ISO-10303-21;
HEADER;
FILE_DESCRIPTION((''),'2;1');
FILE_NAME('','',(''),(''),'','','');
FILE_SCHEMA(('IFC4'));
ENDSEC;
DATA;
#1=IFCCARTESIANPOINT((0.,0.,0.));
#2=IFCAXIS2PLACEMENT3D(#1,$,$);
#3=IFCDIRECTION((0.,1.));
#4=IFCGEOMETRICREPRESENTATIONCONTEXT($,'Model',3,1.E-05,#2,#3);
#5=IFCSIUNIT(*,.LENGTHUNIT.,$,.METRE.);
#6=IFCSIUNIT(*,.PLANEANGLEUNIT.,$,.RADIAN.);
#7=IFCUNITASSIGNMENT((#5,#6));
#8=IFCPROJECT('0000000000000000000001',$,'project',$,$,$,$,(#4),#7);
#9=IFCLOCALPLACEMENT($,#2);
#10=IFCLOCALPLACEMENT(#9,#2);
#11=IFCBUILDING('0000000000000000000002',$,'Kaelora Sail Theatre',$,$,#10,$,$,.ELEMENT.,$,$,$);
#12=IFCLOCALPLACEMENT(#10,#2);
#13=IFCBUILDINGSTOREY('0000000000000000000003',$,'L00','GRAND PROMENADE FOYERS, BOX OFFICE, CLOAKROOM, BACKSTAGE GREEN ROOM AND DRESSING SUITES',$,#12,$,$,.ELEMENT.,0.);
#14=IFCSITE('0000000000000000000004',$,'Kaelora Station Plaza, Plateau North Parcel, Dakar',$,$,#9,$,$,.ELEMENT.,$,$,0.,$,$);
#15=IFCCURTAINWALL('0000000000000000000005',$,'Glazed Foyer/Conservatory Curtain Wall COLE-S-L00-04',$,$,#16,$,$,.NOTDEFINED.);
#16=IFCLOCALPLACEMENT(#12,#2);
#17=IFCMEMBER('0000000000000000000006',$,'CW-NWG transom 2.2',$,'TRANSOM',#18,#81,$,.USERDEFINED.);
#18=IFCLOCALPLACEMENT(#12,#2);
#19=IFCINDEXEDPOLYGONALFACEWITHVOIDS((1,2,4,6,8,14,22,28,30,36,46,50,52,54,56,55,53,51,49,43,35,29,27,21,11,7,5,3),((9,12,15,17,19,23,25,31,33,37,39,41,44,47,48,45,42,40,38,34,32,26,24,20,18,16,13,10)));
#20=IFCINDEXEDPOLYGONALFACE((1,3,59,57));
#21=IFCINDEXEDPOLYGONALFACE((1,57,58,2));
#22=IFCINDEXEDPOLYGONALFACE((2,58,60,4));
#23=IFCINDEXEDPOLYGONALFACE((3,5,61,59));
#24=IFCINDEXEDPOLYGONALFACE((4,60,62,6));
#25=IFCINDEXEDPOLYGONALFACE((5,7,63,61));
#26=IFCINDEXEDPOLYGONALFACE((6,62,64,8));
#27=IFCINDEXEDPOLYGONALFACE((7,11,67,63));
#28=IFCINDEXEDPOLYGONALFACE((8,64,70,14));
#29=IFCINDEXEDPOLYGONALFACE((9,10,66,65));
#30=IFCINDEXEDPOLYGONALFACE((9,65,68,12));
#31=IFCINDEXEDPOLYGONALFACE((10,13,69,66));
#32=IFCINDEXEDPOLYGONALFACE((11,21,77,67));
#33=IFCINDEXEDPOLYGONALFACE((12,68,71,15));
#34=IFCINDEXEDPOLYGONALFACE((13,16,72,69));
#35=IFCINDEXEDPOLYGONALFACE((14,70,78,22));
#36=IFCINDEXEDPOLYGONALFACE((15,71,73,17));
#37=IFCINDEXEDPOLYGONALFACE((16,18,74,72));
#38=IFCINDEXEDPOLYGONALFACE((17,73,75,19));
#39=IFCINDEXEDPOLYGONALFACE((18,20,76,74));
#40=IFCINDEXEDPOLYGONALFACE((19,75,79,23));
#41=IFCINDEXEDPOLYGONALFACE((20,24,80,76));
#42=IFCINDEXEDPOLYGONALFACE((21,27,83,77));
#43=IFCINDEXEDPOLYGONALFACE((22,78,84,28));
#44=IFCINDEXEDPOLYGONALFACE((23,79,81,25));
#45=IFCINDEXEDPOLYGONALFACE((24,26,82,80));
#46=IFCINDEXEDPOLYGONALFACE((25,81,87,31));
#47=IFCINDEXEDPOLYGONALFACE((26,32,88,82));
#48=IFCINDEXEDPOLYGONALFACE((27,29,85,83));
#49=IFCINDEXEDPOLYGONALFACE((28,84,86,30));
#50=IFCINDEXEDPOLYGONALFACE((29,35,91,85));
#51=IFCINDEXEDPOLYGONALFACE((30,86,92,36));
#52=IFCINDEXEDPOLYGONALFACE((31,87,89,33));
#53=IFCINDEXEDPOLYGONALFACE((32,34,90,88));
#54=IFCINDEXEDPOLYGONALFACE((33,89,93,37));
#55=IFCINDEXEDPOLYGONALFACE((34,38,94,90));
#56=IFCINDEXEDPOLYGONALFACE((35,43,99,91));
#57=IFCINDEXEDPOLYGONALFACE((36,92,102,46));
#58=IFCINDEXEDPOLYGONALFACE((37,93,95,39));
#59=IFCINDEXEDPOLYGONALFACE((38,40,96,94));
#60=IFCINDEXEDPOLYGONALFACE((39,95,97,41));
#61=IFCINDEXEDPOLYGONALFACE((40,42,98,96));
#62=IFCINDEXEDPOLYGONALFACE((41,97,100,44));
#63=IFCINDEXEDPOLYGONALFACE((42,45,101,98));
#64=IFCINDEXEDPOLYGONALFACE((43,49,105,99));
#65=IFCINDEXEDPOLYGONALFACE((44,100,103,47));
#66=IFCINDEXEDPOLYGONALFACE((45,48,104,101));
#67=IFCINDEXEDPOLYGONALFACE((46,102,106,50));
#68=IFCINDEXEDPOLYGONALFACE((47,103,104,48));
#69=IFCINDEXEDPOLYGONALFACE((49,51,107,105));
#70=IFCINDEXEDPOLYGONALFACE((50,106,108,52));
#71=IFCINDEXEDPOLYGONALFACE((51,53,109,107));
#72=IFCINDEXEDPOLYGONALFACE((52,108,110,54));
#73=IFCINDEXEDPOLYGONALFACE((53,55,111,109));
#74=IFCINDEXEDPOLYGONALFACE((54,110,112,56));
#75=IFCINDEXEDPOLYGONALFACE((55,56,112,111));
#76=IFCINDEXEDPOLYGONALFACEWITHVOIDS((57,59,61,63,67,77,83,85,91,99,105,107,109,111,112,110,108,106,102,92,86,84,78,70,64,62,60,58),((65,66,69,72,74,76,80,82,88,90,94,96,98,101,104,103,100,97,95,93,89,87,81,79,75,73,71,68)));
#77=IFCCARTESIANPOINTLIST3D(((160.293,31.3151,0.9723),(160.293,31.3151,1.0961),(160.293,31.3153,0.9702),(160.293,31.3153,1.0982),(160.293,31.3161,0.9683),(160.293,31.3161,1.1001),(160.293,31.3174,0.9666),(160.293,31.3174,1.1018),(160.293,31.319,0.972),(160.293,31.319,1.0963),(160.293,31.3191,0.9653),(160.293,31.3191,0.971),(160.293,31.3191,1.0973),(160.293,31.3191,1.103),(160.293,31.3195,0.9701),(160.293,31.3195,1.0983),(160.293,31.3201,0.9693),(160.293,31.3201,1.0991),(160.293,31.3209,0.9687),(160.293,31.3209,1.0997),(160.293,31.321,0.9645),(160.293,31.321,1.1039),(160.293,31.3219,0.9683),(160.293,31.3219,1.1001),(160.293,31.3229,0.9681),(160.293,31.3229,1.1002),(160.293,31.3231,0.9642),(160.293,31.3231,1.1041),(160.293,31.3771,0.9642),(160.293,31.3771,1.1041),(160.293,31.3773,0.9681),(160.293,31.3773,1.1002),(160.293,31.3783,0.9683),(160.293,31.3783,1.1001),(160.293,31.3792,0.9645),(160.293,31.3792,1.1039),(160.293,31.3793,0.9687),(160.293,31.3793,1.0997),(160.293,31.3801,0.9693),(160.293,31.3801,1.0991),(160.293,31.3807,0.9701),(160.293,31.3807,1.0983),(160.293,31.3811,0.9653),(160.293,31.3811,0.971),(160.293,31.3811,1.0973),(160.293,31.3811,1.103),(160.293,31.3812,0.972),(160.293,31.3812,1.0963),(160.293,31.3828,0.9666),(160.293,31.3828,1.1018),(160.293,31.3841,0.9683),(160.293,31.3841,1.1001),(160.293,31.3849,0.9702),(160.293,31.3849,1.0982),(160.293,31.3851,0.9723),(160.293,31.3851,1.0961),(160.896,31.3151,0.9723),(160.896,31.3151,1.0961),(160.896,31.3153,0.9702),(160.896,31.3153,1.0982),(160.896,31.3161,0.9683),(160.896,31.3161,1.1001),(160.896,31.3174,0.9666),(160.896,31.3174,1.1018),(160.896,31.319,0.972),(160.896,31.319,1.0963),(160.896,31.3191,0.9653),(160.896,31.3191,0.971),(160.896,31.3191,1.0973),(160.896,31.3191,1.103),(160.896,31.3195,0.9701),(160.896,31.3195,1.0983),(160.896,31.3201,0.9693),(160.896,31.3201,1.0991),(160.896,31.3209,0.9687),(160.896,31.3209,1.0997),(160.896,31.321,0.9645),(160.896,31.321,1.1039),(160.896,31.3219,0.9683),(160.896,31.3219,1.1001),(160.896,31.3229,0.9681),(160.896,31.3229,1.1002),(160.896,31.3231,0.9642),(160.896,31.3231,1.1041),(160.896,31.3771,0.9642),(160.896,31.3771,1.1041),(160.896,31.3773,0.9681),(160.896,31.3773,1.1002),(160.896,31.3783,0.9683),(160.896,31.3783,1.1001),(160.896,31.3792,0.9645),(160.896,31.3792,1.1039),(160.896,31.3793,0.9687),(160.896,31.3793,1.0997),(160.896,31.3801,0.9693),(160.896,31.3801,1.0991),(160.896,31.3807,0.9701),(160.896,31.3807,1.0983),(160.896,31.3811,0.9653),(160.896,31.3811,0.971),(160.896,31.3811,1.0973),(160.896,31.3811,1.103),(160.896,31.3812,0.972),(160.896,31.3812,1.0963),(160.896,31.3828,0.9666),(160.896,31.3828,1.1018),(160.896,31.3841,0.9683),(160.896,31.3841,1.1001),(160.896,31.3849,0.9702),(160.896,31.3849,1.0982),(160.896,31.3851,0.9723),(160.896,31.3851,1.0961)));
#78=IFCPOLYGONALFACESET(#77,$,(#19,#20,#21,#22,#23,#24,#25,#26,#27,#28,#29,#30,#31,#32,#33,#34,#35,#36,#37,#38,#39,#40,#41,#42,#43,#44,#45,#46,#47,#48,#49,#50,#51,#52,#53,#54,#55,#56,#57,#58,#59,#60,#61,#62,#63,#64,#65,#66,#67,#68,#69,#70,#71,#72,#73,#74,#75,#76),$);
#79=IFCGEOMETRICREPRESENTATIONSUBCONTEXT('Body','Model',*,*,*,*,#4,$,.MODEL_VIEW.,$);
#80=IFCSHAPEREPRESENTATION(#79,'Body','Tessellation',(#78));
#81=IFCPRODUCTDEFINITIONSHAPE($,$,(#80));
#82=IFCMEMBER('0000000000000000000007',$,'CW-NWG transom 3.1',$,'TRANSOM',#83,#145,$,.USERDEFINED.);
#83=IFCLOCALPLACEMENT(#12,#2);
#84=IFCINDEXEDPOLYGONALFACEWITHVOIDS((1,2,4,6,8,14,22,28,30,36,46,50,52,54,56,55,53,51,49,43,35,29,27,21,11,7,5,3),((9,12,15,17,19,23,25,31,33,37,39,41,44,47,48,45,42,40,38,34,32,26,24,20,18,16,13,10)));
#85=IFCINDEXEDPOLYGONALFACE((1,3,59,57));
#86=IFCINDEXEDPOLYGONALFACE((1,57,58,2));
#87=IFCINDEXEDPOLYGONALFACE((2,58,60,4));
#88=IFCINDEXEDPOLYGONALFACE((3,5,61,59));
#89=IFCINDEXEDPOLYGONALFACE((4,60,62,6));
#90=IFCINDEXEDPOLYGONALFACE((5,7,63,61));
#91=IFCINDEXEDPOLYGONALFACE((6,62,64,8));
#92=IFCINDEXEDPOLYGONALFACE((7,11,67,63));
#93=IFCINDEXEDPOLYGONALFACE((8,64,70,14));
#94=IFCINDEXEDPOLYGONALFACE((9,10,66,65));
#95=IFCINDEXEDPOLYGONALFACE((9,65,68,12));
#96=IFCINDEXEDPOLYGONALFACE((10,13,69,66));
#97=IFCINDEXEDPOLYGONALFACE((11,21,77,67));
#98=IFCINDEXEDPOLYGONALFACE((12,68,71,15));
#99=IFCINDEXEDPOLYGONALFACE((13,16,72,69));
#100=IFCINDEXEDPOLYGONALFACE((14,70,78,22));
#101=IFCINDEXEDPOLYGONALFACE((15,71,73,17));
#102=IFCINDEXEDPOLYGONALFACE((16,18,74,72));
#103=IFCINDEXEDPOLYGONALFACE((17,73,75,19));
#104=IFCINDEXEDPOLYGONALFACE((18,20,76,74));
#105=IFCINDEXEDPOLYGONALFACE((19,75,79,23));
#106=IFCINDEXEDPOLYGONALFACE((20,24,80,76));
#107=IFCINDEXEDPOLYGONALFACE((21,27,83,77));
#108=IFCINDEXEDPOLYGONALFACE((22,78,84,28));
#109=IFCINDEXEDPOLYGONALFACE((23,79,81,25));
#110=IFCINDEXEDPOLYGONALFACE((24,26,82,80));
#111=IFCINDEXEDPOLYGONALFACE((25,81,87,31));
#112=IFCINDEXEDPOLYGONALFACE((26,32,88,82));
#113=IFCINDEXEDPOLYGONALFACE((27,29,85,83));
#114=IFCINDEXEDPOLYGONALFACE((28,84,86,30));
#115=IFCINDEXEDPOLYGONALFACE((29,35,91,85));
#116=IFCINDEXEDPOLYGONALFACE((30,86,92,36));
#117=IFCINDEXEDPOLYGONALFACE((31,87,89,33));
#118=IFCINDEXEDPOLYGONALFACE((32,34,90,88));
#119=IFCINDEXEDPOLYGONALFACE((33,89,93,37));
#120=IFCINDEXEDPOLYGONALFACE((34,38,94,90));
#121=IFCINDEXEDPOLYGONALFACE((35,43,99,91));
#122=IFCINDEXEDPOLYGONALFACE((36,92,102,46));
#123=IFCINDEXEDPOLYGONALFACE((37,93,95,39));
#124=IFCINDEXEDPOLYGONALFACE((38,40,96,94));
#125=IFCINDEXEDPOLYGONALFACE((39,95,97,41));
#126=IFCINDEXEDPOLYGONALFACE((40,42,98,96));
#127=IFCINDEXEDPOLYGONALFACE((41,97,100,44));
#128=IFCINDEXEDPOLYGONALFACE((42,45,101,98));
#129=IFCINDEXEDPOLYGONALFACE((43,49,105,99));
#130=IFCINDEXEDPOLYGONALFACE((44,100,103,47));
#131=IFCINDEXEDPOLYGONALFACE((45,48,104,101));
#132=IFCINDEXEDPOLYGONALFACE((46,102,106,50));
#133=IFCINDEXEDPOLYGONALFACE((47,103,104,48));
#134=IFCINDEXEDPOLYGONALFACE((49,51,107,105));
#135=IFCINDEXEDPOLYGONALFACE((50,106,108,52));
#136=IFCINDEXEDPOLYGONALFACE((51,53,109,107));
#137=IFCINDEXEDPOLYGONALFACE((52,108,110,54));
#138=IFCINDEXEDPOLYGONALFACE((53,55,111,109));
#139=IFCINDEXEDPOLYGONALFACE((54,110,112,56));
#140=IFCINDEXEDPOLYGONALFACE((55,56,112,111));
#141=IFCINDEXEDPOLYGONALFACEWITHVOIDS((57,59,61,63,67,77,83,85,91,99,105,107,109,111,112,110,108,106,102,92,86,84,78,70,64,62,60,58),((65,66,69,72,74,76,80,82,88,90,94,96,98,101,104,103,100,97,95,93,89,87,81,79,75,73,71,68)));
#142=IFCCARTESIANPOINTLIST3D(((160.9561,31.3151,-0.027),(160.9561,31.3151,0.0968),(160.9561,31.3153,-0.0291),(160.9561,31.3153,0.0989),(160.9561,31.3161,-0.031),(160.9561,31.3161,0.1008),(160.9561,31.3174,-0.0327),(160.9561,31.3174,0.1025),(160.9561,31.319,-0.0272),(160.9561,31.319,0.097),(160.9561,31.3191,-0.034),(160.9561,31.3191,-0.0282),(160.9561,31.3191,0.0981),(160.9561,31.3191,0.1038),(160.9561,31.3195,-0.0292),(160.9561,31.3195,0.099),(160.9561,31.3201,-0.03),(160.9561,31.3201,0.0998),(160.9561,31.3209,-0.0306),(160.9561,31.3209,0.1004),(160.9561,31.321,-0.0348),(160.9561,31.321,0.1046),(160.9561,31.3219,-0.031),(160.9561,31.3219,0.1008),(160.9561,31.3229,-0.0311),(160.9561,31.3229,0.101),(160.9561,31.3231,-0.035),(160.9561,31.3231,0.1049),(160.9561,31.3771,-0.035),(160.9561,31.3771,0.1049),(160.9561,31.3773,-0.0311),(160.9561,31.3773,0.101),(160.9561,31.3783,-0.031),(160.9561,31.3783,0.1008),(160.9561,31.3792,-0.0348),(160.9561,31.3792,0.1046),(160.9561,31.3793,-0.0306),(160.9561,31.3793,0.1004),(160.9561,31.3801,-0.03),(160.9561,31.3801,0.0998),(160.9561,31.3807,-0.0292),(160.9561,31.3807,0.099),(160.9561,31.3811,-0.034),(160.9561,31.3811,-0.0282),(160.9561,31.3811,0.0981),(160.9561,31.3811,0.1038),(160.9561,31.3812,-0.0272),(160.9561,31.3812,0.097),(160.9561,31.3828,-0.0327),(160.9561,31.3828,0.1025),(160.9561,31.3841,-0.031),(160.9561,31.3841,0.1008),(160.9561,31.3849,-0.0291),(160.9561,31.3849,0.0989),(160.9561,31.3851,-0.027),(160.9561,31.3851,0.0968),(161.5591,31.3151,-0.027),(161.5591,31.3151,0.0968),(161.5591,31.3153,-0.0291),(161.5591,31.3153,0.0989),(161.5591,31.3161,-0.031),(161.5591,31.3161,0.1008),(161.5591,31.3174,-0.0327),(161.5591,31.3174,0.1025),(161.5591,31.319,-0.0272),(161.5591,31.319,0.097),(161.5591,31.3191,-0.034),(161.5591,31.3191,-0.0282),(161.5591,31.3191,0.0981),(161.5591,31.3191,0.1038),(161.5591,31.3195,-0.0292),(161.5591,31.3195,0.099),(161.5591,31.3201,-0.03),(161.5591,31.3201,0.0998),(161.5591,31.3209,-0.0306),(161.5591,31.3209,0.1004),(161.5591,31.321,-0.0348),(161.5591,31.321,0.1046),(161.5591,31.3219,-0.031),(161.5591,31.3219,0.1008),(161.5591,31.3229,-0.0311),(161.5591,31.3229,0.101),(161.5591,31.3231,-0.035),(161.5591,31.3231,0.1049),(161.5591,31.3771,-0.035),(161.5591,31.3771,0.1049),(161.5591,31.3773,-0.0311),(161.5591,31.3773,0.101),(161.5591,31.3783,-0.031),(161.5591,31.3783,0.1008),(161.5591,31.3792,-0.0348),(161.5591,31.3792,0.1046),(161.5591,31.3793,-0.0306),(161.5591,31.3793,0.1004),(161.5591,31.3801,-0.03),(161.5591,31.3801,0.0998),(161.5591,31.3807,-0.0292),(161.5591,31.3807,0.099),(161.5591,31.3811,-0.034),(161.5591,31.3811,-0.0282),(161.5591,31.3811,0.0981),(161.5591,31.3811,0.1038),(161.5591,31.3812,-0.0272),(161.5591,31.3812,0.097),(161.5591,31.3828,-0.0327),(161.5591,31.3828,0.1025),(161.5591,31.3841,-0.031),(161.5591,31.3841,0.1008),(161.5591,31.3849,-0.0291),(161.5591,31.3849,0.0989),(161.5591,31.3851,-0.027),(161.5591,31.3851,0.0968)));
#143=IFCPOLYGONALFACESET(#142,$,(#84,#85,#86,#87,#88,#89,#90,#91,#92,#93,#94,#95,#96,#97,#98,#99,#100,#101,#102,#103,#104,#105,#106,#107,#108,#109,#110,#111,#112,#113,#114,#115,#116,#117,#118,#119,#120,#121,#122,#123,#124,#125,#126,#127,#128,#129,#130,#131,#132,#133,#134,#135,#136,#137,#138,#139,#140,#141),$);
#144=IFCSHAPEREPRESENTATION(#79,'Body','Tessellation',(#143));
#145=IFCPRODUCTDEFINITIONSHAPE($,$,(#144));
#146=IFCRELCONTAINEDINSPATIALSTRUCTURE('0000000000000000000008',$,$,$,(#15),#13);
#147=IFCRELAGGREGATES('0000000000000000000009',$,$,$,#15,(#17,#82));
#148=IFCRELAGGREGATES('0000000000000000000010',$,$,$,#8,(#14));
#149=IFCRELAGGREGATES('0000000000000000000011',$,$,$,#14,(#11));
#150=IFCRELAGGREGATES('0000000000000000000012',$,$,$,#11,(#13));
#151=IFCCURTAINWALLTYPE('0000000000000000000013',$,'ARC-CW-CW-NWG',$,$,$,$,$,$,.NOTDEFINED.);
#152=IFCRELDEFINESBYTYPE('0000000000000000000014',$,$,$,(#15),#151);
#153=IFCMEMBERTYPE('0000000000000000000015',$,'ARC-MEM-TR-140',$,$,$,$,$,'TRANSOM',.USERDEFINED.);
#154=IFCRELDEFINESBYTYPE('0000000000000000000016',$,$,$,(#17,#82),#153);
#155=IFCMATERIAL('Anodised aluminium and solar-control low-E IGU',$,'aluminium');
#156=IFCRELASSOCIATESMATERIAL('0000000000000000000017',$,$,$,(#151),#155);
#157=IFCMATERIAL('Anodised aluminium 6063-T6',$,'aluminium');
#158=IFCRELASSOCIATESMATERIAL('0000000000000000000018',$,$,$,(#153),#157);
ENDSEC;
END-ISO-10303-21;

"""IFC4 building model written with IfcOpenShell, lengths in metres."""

from ifc_helpers import new_model, si_unit, direction, frame, origin, origin_2d, place, context, subcontext, project, spatial, hollow_rectangle, extrude, material, material_profile, profile_set, type_object, element, aggregate, save


model = new_model("IFC4")

# Units and contexts
model_context = context("Model", 3, precision=1e-05, world=origin(), true_north=direction((0.0, 1.0)))
body_context = subcontext(model_context, "Body", "Model", "MODEL_VIEW")
ifc_project = project(units=[si_unit("LENGTHUNIT", "METRE"), si_unit("PLANEANGLEUNIT", "RADIAN")], contexts=[model_context])

# Site, building, storey
site_placement = place(None, origin())
site = spatial("IfcSite", under=ifc_project, at=site_placement, Name="Kaelora Station Plaza, Plateau North Parcel, Dakar", CompositionType="ELEMENT", RefElevation=0.0)
building_placement = place(site_placement, origin())
building = spatial("IfcBuilding", under=site, at=building_placement, Name="Kaelora Sail Theatre", CompositionType="ELEMENT")
storey_placement = place(building_placement, origin())
storey = spatial("IfcBuildingStorey", under=building, at=storey_placement, Name="L00", Description="GRAND PROMENADE FOYERS, BOX OFFICE, CLOAKROOM, BACKSTAGE GREEN ROOM AND DRESSING SUITES", CompositionType="ELEMENT", Elevation=0.0)

# Curtain wall
ifc_material_1 = material(Name="Anodised aluminium and solar-control low-E IGU", Category="aluminium")
curtain_wall_type = type_object("IfcCurtainWallType", Name="ARC-CW-CW-NWG", PredefinedType="NOTDEFINED", material=ifc_material_1)
curtain_wall_1_placement = place(storey_placement, origin())
curtain_wall_1 = element("IfcCurtainWall", 1, at=curtain_wall_1_placement, inside=storey, type_object=curtain_wall_type, Name="Glazed Foyer/Conservatory Curtain Wall COLE-S-L00-04", PredefinedType="NOTDEFINED")

# Members
ifc_material_2 = material(Name="Anodised aluminium 6063-T6", Category="aluminium")
ifc_material_profile_1 = material_profile(ifc_material_2, hollow_rectangle(XDim=0.0701, YDim=0.1399, WallThickness=0.0039, InnerFilletRadius=0.0039, OuterFilletRadius=0.0081, at=origin_2d()), Name="ALU-TRAN 70x140x4")
ifc_profile_set_1 = profile_set([ifc_material_profile_1], Name="Anodised aluminium 6063-T6")
member_type_1 = type_object("IfcMemberType", Name="ARC-MEM-TR-140", ElementType="TRANSOM", PredefinedType="USERDEFINED", material=ifc_profile_set_1)
member_1_placement = place(storey_placement, frame((160.293, 31.3501, 1.0342), z_axis=(1.0, 0.0, 0.0), x_axis=(0.0, 1.0, 0.0)))
member_1 = element("IfcMember", 2, at=member_1_placement, type_object=member_type_1, Name="CW-NWG transom 2.2", ObjectType="TRANSOM", PredefinedType="USERDEFINED", context=body_context, shape_type="SweptSolid", body=[
    extrude(hollow_rectangle(XDim=0.0701, YDim=0.1399, WallThickness=0.0039, InnerFilletRadius=0.0039, OuterFilletRadius=0.0081, at=origin_2d()), origin(), (0.0, 0.0, 1.0), 0.603),
])
member_2_placement = place(storey_placement, frame((160.9561, 31.3501, 0.0349), z_axis=(1.0, 0.0, 0.0), x_axis=(0.0, 1.0, 0.0)))
member_2 = element("IfcMember", 3, at=member_2_placement, type_object=member_type_1, Name="CW-NWG transom 3.1", ObjectType="TRANSOM", PredefinedType="USERDEFINED", context=body_context, shape_type="SweptSolid", body=[
    extrude(hollow_rectangle(XDim=0.0701, YDim=0.1399, WallThickness=0.0039, InnerFilletRadius=0.0039, OuterFilletRadius=0.0081, at=origin_2d()), origin(), (0.0, 0.0, 1.0), 0.603),
])

aggregate(curtain_wall_1, [member_1, member_2])

save(model, "model.ifc")
